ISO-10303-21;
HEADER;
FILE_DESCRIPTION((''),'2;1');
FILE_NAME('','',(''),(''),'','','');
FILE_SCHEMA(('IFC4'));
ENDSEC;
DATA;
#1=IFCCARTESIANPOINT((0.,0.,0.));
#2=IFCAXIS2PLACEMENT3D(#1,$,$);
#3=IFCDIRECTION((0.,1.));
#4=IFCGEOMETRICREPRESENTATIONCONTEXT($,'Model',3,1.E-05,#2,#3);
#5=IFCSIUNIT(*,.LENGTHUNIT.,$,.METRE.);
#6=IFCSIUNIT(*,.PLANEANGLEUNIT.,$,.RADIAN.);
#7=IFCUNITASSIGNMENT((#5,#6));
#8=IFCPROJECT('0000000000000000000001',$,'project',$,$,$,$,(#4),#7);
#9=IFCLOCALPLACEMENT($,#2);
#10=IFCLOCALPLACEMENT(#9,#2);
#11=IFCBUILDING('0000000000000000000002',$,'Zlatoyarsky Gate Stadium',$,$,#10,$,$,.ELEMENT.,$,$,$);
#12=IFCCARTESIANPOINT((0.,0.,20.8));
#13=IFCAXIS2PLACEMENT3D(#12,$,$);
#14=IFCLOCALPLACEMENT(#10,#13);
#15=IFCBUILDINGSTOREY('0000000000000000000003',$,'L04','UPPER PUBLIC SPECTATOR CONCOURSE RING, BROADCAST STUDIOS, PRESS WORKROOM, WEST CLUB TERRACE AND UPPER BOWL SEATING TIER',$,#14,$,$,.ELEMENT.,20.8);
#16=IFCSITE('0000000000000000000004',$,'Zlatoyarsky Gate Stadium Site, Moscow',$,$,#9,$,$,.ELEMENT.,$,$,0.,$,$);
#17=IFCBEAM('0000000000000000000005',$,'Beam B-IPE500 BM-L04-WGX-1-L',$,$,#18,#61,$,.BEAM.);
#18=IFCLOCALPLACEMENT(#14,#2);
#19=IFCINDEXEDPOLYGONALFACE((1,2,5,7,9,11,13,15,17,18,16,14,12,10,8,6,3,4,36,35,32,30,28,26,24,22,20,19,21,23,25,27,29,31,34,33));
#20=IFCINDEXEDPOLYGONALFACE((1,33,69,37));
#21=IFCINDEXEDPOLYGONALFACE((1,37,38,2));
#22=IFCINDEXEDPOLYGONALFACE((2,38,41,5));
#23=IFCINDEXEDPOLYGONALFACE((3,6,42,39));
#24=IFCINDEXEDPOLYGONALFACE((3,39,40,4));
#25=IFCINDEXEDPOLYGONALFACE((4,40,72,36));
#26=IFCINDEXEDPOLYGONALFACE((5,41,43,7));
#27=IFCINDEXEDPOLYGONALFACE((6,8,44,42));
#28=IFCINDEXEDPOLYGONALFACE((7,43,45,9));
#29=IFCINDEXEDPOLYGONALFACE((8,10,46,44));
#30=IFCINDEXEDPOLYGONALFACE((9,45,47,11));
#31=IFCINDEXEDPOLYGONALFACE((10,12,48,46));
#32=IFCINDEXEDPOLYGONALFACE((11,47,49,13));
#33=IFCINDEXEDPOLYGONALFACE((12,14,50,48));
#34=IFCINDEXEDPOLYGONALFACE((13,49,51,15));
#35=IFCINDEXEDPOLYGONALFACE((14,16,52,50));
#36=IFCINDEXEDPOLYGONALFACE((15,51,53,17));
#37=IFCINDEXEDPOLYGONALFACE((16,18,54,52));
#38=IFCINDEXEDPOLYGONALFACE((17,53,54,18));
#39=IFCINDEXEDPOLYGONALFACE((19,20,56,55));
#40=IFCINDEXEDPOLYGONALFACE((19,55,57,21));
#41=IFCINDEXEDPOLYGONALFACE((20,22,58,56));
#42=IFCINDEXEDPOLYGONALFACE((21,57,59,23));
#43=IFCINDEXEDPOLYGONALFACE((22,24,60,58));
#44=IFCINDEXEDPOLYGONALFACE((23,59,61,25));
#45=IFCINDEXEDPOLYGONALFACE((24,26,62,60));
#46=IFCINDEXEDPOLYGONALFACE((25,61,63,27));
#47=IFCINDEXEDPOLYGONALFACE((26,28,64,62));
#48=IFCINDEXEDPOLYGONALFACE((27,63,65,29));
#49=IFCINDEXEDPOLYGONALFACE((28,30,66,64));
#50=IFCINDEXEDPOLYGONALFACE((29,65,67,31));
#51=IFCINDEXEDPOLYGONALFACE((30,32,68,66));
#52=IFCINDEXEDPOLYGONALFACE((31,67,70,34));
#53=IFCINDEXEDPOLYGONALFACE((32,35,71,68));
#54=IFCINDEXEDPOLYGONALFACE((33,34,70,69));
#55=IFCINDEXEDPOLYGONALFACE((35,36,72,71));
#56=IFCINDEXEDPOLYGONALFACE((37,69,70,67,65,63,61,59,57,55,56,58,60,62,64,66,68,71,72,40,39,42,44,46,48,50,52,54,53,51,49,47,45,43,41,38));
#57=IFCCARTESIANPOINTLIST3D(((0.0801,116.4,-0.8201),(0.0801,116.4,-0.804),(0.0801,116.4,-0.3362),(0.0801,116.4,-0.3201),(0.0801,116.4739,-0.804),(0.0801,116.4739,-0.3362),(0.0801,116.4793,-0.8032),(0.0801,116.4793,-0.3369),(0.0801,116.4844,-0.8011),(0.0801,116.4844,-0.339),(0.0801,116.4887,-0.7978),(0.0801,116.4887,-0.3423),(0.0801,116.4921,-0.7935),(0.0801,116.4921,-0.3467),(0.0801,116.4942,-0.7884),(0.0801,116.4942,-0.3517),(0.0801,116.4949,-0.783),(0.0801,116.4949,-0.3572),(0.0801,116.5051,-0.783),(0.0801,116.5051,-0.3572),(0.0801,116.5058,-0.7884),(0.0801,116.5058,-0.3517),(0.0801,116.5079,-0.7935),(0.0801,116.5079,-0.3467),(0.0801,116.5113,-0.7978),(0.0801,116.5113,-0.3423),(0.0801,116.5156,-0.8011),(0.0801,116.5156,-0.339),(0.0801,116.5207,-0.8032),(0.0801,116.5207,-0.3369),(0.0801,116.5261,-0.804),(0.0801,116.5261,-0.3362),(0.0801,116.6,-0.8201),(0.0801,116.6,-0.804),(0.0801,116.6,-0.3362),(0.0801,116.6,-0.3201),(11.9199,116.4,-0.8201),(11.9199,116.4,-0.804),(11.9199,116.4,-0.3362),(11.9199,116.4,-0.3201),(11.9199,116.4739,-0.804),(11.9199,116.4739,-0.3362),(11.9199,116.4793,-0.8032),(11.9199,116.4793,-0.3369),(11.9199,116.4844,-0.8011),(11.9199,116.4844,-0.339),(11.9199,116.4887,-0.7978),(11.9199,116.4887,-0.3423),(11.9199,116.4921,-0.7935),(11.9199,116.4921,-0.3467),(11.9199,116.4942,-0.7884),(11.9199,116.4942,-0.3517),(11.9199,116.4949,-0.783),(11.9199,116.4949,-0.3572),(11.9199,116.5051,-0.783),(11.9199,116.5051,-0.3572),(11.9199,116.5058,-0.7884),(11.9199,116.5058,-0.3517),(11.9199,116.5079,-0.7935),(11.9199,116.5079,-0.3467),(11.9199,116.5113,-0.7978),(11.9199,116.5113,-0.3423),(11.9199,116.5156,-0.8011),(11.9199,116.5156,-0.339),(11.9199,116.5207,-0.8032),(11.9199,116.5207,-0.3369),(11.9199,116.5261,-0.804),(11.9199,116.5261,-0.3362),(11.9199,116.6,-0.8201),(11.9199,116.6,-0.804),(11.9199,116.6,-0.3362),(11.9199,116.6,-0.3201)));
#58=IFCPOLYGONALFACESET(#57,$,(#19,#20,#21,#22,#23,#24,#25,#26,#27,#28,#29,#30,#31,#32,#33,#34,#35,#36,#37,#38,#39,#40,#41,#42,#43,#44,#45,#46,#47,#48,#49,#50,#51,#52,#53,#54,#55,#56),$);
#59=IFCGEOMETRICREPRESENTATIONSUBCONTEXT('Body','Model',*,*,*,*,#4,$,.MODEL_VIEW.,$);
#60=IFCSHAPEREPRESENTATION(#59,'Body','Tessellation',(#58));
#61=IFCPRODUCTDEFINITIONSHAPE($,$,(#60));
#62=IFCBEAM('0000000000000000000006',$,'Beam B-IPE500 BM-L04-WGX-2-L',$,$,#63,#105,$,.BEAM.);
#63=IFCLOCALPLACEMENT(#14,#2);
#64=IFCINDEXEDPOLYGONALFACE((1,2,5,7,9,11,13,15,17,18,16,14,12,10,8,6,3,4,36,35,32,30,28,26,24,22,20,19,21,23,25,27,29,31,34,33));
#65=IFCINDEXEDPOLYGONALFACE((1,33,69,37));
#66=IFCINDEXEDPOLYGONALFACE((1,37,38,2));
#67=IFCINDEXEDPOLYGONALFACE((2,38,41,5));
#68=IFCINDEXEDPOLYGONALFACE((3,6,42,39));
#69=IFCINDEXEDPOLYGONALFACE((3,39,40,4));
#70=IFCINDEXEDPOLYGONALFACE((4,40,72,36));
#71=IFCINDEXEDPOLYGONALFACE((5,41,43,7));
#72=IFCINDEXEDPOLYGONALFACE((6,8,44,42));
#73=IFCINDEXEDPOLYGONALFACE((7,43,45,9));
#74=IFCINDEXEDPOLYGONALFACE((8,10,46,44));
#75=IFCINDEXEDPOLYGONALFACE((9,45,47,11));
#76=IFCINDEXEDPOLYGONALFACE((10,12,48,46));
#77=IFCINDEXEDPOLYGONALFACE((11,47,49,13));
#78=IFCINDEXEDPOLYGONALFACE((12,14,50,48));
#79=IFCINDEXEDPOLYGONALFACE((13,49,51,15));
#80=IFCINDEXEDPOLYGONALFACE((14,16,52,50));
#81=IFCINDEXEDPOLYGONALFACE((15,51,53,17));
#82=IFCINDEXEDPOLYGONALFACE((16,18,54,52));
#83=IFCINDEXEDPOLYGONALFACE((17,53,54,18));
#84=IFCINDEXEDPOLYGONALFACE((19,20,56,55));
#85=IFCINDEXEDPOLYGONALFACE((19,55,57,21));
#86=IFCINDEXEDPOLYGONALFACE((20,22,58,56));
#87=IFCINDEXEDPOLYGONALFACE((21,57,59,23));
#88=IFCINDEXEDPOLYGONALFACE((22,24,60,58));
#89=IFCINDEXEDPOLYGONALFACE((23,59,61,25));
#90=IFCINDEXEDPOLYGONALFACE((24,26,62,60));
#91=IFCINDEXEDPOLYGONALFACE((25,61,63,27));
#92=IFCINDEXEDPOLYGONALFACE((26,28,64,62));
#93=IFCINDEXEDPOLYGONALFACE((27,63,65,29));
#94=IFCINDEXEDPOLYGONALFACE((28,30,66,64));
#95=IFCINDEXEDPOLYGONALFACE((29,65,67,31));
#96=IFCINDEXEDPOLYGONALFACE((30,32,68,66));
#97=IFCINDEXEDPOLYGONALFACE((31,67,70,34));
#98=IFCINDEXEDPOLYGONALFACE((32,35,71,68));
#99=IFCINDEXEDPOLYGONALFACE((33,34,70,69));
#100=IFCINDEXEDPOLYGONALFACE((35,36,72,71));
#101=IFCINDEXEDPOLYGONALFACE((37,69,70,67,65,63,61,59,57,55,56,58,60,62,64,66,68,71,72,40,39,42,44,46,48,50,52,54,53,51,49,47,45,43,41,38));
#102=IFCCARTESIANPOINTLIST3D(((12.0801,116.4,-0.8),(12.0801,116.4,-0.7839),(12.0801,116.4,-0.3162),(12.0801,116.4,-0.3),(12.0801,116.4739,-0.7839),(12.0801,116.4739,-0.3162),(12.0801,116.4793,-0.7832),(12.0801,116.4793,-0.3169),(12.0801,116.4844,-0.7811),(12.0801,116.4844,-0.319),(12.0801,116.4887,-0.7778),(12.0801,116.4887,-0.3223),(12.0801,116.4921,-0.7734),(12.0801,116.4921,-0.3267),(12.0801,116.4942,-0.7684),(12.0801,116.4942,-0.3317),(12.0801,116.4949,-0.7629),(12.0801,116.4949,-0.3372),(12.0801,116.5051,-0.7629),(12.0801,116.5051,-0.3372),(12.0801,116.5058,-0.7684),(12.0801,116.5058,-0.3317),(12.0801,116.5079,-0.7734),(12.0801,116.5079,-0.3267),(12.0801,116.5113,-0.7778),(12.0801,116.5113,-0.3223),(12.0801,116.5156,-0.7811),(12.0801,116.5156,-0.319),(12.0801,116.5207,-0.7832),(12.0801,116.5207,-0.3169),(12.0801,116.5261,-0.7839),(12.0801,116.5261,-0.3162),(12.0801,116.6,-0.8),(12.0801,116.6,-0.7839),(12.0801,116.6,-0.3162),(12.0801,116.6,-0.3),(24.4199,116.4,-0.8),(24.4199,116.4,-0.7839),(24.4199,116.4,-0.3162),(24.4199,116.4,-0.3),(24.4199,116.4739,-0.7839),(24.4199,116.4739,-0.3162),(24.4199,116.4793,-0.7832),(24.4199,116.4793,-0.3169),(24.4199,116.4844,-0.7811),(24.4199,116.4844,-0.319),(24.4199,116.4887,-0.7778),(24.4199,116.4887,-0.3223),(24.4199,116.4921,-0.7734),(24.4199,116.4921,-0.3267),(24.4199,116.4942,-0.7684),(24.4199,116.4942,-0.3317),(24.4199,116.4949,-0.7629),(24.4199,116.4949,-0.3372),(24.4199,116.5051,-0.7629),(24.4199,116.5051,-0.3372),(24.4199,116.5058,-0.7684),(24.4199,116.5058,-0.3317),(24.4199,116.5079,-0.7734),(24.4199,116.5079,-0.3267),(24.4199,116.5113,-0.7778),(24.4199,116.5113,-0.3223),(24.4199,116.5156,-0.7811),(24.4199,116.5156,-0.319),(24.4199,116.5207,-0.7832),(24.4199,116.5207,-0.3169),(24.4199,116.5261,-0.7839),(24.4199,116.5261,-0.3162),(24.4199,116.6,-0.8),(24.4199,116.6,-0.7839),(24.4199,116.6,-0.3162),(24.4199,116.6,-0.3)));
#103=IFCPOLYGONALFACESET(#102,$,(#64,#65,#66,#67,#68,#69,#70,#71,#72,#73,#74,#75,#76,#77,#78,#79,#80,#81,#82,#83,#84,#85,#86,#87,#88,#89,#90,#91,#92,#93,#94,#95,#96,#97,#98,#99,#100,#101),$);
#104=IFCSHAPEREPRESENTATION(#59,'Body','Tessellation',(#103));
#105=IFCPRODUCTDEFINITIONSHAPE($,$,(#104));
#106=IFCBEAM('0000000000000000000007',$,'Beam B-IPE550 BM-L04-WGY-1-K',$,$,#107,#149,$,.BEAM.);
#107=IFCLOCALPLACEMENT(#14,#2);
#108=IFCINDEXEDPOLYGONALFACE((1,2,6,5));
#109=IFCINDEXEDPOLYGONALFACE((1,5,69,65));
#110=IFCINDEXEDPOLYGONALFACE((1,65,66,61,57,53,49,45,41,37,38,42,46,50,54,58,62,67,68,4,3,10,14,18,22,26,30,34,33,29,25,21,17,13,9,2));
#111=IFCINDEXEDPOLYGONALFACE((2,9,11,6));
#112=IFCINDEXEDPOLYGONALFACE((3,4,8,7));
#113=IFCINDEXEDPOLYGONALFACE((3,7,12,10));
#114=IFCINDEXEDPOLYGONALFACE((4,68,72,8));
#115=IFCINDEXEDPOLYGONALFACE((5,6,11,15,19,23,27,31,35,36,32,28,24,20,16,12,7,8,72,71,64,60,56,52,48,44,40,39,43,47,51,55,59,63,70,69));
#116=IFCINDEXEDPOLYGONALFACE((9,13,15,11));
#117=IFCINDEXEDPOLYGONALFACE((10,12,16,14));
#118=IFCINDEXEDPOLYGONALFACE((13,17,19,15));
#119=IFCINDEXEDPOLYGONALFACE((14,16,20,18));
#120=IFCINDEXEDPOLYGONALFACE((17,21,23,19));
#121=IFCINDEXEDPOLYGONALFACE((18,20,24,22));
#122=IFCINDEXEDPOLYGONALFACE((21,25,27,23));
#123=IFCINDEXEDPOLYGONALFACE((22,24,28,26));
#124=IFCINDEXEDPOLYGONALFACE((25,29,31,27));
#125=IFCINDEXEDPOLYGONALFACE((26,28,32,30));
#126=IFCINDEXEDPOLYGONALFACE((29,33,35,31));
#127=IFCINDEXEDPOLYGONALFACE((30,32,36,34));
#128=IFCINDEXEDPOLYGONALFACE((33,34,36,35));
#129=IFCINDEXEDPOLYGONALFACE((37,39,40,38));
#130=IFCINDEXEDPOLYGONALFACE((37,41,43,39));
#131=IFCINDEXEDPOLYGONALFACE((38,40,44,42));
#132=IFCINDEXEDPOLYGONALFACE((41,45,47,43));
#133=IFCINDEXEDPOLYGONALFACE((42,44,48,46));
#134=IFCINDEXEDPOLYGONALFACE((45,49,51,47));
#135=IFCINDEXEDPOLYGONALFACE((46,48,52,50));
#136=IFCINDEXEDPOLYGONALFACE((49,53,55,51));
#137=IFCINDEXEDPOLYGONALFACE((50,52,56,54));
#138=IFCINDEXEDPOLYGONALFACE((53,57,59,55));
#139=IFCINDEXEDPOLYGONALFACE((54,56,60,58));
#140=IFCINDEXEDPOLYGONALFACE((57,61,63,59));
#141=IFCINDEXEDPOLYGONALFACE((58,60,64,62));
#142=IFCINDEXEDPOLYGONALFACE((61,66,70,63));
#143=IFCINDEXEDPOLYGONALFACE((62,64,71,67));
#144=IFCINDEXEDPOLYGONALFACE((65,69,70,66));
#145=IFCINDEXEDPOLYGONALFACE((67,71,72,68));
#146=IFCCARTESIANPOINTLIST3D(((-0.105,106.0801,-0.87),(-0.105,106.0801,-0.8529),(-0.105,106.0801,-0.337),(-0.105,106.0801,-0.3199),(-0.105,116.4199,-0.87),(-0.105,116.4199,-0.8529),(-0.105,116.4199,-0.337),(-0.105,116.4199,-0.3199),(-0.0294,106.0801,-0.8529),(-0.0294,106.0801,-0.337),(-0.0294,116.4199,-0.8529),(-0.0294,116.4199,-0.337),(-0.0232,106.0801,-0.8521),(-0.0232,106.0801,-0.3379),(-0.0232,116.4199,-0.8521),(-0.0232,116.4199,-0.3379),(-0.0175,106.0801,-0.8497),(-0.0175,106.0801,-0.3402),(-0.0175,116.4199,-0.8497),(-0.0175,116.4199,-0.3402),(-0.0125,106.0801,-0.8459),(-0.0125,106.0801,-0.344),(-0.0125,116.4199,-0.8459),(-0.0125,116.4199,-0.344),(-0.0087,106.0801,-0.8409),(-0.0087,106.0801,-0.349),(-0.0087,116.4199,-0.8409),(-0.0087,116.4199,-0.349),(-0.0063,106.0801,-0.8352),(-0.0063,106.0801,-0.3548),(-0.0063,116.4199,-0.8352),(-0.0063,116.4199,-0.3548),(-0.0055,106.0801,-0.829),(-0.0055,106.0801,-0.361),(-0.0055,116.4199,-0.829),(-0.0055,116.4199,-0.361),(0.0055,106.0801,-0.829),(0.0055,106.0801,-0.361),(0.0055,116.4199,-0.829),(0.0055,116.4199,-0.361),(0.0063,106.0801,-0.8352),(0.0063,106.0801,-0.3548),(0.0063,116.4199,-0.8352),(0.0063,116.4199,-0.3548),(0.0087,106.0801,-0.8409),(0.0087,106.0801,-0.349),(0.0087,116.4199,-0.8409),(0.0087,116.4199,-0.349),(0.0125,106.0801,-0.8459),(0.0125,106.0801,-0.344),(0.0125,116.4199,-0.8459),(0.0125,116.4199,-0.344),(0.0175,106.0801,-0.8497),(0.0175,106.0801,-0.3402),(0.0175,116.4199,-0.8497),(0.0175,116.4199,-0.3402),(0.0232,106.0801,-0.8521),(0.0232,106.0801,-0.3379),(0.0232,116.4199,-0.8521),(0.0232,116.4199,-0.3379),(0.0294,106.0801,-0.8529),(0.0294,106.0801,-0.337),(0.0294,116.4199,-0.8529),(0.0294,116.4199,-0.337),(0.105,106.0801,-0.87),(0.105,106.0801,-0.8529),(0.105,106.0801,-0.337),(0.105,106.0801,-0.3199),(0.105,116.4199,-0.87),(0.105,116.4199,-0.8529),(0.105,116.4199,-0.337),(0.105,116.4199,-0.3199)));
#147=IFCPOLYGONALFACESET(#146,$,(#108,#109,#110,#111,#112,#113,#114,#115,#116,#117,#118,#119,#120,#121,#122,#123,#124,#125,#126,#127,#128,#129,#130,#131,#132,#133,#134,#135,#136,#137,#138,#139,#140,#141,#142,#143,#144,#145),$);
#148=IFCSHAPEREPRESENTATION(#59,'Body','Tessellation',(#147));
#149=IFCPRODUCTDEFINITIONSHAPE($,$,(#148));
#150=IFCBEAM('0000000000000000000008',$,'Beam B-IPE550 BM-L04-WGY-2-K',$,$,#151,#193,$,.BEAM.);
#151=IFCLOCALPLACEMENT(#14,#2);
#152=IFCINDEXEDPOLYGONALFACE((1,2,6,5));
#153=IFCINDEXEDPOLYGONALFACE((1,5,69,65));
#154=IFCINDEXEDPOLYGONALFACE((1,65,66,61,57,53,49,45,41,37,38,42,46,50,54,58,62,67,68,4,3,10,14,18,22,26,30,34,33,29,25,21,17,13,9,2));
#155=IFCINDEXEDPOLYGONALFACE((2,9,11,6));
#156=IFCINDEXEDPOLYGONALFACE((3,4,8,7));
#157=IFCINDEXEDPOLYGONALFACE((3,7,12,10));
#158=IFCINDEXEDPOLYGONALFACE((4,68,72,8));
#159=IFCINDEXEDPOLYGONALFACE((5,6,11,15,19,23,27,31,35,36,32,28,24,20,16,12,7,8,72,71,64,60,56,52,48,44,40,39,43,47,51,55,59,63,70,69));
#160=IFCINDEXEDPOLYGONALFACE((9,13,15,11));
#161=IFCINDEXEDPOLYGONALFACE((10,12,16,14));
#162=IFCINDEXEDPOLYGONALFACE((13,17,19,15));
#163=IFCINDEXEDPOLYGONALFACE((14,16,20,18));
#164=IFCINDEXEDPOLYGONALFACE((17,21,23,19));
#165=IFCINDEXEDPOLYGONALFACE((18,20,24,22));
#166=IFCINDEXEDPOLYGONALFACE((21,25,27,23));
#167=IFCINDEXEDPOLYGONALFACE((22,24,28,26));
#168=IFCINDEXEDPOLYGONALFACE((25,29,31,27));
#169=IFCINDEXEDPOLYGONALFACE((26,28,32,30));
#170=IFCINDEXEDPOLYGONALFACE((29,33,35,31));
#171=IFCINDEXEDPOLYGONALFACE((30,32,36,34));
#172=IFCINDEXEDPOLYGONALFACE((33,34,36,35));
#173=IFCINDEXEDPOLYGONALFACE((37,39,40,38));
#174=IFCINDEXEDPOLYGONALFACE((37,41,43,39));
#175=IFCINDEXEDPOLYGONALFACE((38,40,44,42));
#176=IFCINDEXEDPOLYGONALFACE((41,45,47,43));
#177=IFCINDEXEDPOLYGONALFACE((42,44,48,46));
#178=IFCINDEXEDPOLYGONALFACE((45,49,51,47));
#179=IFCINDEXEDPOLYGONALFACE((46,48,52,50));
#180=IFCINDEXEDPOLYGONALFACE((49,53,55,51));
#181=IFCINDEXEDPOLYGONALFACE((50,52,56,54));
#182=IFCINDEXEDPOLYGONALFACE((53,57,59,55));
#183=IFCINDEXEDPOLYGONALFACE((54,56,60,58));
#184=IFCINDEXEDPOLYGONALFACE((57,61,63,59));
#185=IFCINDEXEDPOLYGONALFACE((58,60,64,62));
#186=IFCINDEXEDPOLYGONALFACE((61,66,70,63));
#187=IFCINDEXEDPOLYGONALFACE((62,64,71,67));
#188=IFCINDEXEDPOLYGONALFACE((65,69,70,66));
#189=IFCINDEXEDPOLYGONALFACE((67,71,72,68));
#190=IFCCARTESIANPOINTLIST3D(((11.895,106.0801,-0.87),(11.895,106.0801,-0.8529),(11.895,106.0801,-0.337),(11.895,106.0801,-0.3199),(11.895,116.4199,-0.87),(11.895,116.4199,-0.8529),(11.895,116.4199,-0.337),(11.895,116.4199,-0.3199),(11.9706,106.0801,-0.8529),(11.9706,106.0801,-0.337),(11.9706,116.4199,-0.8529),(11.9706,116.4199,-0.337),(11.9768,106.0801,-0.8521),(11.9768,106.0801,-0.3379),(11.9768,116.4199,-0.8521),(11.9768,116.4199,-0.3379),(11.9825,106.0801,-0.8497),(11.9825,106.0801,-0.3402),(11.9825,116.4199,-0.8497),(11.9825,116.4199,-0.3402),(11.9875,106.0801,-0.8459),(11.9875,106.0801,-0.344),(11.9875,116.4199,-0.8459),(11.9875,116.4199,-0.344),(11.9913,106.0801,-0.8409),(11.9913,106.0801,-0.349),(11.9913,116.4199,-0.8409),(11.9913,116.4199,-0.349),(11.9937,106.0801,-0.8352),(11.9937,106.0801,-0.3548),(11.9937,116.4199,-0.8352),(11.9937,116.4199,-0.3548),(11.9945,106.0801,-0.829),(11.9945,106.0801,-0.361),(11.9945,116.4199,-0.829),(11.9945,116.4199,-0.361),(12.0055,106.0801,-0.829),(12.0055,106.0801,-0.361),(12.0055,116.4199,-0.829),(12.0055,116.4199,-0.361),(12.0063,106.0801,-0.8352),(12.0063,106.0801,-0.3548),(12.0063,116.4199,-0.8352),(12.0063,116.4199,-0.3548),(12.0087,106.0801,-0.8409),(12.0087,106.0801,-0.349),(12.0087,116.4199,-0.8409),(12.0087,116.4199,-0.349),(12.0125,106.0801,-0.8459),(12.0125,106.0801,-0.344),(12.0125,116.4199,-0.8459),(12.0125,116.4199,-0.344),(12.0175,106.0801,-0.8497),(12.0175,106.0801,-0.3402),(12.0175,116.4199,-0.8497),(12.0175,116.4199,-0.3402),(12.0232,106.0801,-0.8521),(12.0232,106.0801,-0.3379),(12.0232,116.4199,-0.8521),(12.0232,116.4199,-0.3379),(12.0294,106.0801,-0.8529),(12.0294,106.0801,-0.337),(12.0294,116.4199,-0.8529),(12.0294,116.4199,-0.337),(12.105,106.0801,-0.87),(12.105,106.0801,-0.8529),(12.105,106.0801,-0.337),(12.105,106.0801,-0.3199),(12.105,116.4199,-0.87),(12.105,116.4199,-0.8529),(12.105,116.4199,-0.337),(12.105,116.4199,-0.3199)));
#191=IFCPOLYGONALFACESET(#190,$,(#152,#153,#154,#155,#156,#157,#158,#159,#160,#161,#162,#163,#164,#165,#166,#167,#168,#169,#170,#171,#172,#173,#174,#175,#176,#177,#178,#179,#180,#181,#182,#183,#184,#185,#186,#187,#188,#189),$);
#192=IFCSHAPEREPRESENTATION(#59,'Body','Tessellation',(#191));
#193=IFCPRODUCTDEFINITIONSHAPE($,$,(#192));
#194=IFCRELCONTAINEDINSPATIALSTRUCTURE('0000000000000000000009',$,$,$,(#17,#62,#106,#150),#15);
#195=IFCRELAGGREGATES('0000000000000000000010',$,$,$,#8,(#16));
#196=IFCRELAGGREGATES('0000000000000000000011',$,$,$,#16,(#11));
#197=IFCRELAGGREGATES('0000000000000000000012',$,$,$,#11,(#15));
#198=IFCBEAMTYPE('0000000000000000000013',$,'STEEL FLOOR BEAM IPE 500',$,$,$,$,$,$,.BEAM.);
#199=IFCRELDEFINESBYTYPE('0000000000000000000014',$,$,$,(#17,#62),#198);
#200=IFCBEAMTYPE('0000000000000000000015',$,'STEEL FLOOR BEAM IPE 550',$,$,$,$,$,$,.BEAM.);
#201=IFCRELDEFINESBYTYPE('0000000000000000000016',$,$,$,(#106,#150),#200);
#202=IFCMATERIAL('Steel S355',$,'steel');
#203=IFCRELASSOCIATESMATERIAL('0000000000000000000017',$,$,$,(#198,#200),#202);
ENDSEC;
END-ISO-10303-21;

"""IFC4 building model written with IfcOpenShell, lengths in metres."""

from ifc_helpers import new_model, si_unit, direction, frame, origin, origin_2d, place, context, subcontext, project, spatial, i_section, extrude, material, material_profile, profile_set, type_object, element, save


model = new_model("IFC4")

# Units and contexts
model_context = context("Model", 3, precision=1e-05, world=origin(), true_north=direction((0.0, 1.0)))
body_context = subcontext(model_context, "Body", "Model", "MODEL_VIEW")
ifc_project = project(units=[si_unit("LENGTHUNIT", "METRE"), si_unit("PLANEANGLEUNIT", "RADIAN")], contexts=[model_context])

# Site, building, storey
site_placement = place(None, origin())
site = spatial("IfcSite", under=ifc_project, at=site_placement, Name="Zlatoyarsky Gate Stadium Site, Moscow", CompositionType="ELEMENT", RefElevation=0.0)
building_placement = place(site_placement, origin())
building = spatial("IfcBuilding", under=site, at=building_placement, Name="Zlatoyarsky Gate Stadium", CompositionType="ELEMENT")
storey_placement = place(building_placement, frame((0.0, 0.0, 20.8)))
storey = spatial("IfcBuildingStorey", under=building, at=storey_placement, Name="L04", Description="UPPER PUBLIC SPECTATOR CONCOURSE RING, BROADCAST STUDIOS, PRESS WORKROOM, WEST CLUB TERRACE AND UPPER BOWL SEATING TIER", CompositionType="ELEMENT", Elevation=20.8)

# Shared definitions
ifc_material_1 = material(Name="Steel S355", Category="steel")

# Beams
ifc_material_profile_1 = material_profile(ifc_material_1, i_section(OverallWidth=0.2, OverallDepth=0.5, WebThickness=0.0103, FlangeThickness=0.0161, FilletRadius=0.021, at=origin_2d()), Name="IPE 500")
ifc_profile_set_1 = profile_set([ifc_material_profile_1], Name="Steel S355")
beam_type_1 = type_object("IfcBeamType", Name="STEEL FLOOR BEAM IPE 500", PredefinedType="BEAM", material=ifc_profile_set_1)
for number, where, z_axis, x_axis, name in (
    (1, (0.0801, 116.5, -0.5701), (1.0, 0.0, 0.0), (0.0, 1.0, 0.0), "Beam B-IPE500 BM-L04-WGX-1-L"),
):
    element("IfcBeam", number, at=place(storey_placement, frame(where, z_axis=z_axis, x_axis=x_axis)), inside=storey, type_object=beam_type_1, Name=name, PredefinedType="BEAM", context=body_context, shape_type="SweptSolid", body=[
        extrude(i_section(OverallWidth=0.2, OverallDepth=0.5, WebThickness=0.0103, FlangeThickness=0.0161, FilletRadius=0.021, at=origin_2d()), origin(), (0.0, 0.0, 1.0), 11.8398),
    ])
beam_1_placement = place(storey_placement, frame((12.0801, 116.5, -0.55), z_axis=(1.0, 0.0, 0.0), x_axis=(0.0, 1.0, 0.0)))
element("IfcBeam", 2, at=beam_1_placement, inside=storey, type_object=beam_type_1, Name="Beam B-IPE500 BM-L04-WGX-2-L", PredefinedType="BEAM", context=body_context, shape_type="SweptSolid", body=[
    extrude(i_section(OverallWidth=0.2, OverallDepth=0.5, WebThickness=0.0103, FlangeThickness=0.0161, FilletRadius=0.021, at=origin_2d()), origin(), (0.0, 0.0, 1.0), 12.3398),
])
ifc_material_profile_2 = material_profile(ifc_material_1, i_section(OverallWidth=0.21, OverallDepth=0.55, WebThickness=0.011, FlangeThickness=0.0171, FilletRadius=0.0239, at=origin_2d()), Name="IPE 550")
ifc_profile_set_2 = profile_set([ifc_material_profile_2], Name="Steel S355")
beam_type_2 = type_object("IfcBeamType", Name="STEEL FLOOR BEAM IPE 550", PredefinedType="BEAM", material=ifc_profile_set_2)
for number, where, z_axis, x_axis, name in (
    (3, (0.0, 106.0801, -0.595), (0.0, 1.0, 0.0), (-1.0, 0.0, 0.0), "Beam B-IPE550 BM-L04-WGY-1-K"),
    (4, (12.0, 106.0801, -0.595), (0.0, 1.0, 0.0), (-1.0, 0.0, 0.0), "Beam B-IPE550 BM-L04-WGY-2-K"),
):
    element("IfcBeam", number, at=place(storey_placement, frame(where, z_axis=z_axis, x_axis=x_axis)), inside=storey, type_object=beam_type_2, Name=name, PredefinedType="BEAM", context=body_context, shape_type="SweptSolid", body=[
        extrude(i_section(OverallWidth=0.21, OverallDepth=0.55, WebThickness=0.011, FlangeThickness=0.0171, FilletRadius=0.0239, at=origin_2d()), origin(), (0.0, 0.0, 1.0), 10.3398),
    ])

save(model, "model.ifc")
